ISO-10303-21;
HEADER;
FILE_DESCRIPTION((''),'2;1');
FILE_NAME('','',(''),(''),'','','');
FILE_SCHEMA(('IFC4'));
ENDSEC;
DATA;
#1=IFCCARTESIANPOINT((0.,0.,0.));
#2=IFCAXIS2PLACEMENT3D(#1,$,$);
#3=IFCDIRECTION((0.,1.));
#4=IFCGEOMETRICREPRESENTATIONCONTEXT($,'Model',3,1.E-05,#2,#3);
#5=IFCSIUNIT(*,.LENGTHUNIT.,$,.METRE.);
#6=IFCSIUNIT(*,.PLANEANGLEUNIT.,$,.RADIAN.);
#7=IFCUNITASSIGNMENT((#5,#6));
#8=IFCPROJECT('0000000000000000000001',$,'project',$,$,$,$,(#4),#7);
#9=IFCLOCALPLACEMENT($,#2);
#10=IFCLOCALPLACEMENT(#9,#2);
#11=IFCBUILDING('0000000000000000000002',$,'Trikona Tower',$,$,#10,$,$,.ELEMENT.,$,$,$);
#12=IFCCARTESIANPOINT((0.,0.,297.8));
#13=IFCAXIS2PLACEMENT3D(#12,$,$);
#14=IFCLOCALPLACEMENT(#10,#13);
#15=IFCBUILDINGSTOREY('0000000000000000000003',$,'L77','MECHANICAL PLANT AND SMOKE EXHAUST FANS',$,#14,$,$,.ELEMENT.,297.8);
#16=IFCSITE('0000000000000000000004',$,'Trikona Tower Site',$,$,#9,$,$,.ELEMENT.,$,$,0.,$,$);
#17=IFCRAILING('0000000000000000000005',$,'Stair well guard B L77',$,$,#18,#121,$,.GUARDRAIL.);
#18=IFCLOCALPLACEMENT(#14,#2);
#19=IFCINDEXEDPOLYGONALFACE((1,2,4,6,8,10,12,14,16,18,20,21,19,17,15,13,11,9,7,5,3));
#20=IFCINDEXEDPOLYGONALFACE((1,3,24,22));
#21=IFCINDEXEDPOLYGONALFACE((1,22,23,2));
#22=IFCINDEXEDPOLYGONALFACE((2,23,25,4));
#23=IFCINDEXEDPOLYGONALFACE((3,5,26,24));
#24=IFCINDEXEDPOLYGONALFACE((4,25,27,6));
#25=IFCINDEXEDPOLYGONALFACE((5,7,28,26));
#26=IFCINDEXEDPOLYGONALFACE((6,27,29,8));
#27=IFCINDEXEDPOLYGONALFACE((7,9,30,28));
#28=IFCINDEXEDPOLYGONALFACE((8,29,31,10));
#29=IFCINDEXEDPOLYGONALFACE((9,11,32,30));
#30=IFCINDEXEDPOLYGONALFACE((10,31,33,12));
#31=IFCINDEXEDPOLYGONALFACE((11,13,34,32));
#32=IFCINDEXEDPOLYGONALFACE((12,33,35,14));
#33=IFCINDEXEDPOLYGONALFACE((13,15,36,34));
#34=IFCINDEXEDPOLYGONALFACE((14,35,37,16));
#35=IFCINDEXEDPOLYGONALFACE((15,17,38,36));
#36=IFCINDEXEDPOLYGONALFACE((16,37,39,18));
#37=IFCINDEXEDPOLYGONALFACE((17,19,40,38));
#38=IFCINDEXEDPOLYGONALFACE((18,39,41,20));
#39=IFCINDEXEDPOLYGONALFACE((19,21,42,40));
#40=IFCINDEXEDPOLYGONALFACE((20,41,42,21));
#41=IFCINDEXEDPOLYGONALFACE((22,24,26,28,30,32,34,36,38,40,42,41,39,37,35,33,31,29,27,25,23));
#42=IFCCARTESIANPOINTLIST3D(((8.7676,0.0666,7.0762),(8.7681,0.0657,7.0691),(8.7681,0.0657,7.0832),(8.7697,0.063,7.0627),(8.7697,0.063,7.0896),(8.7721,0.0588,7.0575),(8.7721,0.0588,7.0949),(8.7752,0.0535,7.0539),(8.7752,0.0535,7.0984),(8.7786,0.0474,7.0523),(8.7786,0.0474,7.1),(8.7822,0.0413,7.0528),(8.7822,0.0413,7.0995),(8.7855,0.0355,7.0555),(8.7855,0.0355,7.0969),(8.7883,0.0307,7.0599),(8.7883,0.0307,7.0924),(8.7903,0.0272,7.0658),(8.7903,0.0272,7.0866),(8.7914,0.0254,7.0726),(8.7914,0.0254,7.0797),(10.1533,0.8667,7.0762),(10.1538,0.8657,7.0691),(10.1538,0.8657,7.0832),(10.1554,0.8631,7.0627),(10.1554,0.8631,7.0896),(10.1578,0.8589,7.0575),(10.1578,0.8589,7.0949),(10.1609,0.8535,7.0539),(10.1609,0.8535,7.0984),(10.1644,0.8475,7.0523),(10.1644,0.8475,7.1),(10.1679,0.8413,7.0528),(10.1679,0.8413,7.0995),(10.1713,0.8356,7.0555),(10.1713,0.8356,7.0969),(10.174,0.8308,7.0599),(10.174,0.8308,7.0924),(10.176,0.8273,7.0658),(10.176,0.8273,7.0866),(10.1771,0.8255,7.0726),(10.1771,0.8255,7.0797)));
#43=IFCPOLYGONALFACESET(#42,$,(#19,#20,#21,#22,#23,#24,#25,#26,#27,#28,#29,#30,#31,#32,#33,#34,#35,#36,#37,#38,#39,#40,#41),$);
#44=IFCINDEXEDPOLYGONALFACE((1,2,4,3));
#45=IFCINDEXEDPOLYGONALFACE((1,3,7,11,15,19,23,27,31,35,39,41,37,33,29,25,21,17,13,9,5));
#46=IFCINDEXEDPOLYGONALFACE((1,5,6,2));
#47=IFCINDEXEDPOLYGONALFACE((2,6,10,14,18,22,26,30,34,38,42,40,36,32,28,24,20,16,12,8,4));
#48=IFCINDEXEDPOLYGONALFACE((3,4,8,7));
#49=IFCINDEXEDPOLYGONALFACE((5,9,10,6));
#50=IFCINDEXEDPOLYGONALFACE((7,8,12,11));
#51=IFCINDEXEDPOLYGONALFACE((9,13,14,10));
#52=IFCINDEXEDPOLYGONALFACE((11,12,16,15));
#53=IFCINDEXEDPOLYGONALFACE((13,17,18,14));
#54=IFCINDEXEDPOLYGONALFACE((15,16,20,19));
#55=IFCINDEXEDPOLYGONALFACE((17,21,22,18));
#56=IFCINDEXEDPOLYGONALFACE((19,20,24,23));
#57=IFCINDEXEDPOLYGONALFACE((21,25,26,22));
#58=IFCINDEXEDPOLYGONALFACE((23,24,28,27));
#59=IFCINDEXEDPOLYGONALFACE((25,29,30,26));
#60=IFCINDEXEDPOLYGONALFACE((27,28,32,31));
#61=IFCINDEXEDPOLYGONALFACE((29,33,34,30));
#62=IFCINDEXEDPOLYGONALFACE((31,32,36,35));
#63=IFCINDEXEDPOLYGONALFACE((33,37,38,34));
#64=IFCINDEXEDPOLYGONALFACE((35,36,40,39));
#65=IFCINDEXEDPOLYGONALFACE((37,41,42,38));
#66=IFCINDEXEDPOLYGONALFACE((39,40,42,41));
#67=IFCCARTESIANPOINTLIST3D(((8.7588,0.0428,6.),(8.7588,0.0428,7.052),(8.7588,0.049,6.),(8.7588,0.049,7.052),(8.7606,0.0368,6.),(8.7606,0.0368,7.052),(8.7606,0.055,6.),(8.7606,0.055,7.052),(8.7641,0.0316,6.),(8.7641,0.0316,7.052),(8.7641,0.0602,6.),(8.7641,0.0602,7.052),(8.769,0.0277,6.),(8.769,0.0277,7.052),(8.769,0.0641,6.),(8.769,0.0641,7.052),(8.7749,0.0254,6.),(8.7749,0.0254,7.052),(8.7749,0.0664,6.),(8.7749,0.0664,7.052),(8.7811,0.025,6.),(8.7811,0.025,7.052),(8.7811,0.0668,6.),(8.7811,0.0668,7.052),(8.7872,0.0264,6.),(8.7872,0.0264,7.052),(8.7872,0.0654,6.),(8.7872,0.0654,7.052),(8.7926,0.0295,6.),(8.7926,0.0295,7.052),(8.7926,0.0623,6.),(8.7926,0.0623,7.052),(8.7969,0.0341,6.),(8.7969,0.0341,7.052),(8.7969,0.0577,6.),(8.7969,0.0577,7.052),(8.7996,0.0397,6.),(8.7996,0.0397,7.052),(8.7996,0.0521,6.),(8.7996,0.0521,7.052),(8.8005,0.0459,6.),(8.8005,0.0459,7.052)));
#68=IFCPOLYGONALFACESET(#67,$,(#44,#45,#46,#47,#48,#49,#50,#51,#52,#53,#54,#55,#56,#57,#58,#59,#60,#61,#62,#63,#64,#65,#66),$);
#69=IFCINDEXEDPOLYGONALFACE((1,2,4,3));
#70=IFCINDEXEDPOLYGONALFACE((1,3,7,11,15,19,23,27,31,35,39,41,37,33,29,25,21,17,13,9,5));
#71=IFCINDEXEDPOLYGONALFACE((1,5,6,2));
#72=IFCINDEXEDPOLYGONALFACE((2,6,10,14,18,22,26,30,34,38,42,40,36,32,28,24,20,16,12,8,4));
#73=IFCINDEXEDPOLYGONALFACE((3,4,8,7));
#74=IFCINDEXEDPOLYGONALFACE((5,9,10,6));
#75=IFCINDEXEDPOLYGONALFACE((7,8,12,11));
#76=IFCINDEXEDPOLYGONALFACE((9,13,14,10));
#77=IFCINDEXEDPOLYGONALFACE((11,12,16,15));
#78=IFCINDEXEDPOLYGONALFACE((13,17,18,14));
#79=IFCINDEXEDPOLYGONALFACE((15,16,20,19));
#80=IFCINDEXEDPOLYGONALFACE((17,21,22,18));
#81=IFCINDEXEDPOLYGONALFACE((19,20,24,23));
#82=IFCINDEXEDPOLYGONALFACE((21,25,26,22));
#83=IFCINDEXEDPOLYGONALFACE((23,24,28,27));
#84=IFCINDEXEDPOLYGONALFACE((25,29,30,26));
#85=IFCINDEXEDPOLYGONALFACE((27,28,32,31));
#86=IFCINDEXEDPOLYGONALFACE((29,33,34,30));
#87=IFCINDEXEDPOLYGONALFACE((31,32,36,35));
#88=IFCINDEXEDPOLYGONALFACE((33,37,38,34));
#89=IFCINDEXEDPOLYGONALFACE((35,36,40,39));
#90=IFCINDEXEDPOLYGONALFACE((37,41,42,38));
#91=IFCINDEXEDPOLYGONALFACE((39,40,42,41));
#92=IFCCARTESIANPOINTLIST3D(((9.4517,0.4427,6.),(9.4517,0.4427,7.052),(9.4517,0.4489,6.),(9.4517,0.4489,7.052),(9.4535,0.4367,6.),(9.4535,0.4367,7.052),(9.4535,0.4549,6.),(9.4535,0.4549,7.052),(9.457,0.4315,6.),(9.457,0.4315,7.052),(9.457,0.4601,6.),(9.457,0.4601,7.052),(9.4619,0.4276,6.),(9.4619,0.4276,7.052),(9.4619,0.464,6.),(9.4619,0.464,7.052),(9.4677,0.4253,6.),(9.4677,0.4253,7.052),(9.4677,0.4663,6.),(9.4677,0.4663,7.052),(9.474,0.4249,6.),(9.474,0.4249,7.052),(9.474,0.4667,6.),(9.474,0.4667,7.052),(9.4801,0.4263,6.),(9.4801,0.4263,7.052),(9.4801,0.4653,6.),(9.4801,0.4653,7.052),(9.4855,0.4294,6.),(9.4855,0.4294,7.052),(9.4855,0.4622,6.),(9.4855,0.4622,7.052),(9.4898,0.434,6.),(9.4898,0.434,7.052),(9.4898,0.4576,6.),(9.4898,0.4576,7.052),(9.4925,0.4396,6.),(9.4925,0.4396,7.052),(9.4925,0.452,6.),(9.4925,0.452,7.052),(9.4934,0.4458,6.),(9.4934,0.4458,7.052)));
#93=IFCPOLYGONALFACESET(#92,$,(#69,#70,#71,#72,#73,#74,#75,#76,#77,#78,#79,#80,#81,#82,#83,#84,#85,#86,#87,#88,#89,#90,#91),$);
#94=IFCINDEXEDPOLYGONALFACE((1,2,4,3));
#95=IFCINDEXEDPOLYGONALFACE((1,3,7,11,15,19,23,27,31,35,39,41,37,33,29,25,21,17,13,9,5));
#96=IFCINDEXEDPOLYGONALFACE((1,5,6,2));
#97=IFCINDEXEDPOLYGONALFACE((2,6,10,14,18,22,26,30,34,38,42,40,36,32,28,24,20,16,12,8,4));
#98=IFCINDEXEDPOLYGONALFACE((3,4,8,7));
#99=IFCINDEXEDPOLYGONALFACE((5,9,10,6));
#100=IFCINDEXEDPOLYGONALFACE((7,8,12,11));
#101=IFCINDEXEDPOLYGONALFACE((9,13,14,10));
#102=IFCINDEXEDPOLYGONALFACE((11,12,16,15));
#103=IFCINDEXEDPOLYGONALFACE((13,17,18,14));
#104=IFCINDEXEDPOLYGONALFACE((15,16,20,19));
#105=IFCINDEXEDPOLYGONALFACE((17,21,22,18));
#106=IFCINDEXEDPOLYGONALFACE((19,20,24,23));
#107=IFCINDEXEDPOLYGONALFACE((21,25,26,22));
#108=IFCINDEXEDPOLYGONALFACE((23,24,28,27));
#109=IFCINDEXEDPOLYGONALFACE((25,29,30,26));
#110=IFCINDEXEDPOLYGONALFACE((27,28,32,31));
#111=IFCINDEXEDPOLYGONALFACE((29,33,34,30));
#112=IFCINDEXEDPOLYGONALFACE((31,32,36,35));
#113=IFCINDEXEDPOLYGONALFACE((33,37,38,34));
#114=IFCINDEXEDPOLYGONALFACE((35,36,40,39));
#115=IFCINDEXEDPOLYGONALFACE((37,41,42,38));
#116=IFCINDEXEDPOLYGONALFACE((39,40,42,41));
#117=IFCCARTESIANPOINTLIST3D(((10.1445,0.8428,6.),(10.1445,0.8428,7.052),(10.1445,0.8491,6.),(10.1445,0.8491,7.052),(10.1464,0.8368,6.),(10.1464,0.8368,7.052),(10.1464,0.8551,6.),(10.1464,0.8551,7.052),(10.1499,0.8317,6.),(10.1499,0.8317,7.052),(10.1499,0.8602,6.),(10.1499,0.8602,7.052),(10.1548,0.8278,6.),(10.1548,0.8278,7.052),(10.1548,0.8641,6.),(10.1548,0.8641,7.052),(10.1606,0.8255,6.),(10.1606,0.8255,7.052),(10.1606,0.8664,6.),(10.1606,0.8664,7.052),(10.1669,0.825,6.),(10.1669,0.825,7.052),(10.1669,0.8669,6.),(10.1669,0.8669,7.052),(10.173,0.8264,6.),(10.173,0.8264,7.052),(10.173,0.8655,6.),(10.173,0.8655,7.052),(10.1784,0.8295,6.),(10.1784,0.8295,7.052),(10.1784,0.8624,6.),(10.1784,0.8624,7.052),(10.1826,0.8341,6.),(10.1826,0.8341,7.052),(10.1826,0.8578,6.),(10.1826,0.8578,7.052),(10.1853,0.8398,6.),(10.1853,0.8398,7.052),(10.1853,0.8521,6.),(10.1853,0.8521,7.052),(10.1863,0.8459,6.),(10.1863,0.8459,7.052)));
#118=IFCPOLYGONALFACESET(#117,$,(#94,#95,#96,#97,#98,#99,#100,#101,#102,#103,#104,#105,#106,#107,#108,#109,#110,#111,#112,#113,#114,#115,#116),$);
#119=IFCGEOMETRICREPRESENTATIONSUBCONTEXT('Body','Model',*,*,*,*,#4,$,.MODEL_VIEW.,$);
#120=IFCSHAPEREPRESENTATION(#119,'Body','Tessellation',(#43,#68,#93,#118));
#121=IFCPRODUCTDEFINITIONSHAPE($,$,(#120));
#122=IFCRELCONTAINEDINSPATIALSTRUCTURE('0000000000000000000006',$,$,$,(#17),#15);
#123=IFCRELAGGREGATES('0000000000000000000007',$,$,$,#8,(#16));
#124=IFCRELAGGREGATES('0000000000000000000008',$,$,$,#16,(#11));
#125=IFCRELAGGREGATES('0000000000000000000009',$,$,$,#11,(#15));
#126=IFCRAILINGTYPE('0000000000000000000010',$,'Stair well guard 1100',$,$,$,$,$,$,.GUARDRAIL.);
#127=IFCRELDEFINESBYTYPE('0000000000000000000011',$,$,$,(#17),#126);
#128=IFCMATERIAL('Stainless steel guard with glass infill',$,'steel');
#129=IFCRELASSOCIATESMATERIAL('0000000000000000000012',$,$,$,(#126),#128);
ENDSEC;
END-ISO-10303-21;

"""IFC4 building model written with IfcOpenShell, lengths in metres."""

from ifc_helpers import new_model, si_unit, direction, frame, origin, origin_2d, place, context, subcontext, project, spatial, circle, extrude, material, type_object, element, save


model = new_model("IFC4")

# Units and contexts
model_context = context("Model", 3, precision=1e-05, world=origin(), true_north=direction((0.0, 1.0)))
body_context = subcontext(model_context, "Body", "Model", "MODEL_VIEW")
ifc_project = project(units=[si_unit("LENGTHUNIT", "METRE"), si_unit("PLANEANGLEUNIT", "RADIAN")], contexts=[model_context])

# Site, building, storey
site_placement = place(None, origin())
site = spatial("IfcSite", under=ifc_project, at=site_placement, Name="Trikona Tower Site", CompositionType="ELEMENT", RefElevation=0.0)
building_placement = place(site_placement, origin())
building = spatial("IfcBuilding", under=site, at=building_placement, Name="Trikona Tower", CompositionType="ELEMENT")
storey_placement = place(building_placement, frame((0.0, 0.0, 297.8)))
storey = spatial("IfcBuildingStorey", under=building, at=storey_placement, Name="L77", Description="MECHANICAL PLANT AND SMOKE EXHAUST FANS", CompositionType="ELEMENT", Elevation=297.8)

# Railing
ifc_material_1 = material(Name="Stainless steel guard with glass infill", Category="steel")
railing_type_1 = type_object("IfcRailingType", Name="Stair well guard 1100", PredefinedType="GUARDRAIL", material=ifc_material_1)
railing_placement = place(storey_placement, frame((8.7795, 0.0459, 6.0)))
element("IfcRailing", 1, at=railing_placement, inside=storey, type_object=railing_type_1, Name="Stair well guard B L77", PredefinedType="GUARDRAIL", context=body_context, shape_type="SweptSolid", body=[
    extrude(circle(Radius=0.0239, at=origin_2d()), frame((0.0, 0.0, 1.0762), z_axis=(0.866028, 0.499995, 0.0), x_axis=(-0.499995, 0.866028, 0.0)), (0.0, 0.0, 1.0), 1.6001),
    extrude(circle(Radius=0.021, at=origin_2d()), origin(), (0.0, 0.0, 1.0), 1.052),
    extrude(circle(Radius=0.021, at=origin_2d()), frame((0.6929, 0.3999, 0.0)), (0.0, 0.0, 1.0), 1.052),
    extrude(circle(Radius=0.021, at=origin_2d()), frame((1.3857, 0.8, 0.0)), (0.0, 0.0, 1.0), 1.052),
])

save(model, "model.ifc")
